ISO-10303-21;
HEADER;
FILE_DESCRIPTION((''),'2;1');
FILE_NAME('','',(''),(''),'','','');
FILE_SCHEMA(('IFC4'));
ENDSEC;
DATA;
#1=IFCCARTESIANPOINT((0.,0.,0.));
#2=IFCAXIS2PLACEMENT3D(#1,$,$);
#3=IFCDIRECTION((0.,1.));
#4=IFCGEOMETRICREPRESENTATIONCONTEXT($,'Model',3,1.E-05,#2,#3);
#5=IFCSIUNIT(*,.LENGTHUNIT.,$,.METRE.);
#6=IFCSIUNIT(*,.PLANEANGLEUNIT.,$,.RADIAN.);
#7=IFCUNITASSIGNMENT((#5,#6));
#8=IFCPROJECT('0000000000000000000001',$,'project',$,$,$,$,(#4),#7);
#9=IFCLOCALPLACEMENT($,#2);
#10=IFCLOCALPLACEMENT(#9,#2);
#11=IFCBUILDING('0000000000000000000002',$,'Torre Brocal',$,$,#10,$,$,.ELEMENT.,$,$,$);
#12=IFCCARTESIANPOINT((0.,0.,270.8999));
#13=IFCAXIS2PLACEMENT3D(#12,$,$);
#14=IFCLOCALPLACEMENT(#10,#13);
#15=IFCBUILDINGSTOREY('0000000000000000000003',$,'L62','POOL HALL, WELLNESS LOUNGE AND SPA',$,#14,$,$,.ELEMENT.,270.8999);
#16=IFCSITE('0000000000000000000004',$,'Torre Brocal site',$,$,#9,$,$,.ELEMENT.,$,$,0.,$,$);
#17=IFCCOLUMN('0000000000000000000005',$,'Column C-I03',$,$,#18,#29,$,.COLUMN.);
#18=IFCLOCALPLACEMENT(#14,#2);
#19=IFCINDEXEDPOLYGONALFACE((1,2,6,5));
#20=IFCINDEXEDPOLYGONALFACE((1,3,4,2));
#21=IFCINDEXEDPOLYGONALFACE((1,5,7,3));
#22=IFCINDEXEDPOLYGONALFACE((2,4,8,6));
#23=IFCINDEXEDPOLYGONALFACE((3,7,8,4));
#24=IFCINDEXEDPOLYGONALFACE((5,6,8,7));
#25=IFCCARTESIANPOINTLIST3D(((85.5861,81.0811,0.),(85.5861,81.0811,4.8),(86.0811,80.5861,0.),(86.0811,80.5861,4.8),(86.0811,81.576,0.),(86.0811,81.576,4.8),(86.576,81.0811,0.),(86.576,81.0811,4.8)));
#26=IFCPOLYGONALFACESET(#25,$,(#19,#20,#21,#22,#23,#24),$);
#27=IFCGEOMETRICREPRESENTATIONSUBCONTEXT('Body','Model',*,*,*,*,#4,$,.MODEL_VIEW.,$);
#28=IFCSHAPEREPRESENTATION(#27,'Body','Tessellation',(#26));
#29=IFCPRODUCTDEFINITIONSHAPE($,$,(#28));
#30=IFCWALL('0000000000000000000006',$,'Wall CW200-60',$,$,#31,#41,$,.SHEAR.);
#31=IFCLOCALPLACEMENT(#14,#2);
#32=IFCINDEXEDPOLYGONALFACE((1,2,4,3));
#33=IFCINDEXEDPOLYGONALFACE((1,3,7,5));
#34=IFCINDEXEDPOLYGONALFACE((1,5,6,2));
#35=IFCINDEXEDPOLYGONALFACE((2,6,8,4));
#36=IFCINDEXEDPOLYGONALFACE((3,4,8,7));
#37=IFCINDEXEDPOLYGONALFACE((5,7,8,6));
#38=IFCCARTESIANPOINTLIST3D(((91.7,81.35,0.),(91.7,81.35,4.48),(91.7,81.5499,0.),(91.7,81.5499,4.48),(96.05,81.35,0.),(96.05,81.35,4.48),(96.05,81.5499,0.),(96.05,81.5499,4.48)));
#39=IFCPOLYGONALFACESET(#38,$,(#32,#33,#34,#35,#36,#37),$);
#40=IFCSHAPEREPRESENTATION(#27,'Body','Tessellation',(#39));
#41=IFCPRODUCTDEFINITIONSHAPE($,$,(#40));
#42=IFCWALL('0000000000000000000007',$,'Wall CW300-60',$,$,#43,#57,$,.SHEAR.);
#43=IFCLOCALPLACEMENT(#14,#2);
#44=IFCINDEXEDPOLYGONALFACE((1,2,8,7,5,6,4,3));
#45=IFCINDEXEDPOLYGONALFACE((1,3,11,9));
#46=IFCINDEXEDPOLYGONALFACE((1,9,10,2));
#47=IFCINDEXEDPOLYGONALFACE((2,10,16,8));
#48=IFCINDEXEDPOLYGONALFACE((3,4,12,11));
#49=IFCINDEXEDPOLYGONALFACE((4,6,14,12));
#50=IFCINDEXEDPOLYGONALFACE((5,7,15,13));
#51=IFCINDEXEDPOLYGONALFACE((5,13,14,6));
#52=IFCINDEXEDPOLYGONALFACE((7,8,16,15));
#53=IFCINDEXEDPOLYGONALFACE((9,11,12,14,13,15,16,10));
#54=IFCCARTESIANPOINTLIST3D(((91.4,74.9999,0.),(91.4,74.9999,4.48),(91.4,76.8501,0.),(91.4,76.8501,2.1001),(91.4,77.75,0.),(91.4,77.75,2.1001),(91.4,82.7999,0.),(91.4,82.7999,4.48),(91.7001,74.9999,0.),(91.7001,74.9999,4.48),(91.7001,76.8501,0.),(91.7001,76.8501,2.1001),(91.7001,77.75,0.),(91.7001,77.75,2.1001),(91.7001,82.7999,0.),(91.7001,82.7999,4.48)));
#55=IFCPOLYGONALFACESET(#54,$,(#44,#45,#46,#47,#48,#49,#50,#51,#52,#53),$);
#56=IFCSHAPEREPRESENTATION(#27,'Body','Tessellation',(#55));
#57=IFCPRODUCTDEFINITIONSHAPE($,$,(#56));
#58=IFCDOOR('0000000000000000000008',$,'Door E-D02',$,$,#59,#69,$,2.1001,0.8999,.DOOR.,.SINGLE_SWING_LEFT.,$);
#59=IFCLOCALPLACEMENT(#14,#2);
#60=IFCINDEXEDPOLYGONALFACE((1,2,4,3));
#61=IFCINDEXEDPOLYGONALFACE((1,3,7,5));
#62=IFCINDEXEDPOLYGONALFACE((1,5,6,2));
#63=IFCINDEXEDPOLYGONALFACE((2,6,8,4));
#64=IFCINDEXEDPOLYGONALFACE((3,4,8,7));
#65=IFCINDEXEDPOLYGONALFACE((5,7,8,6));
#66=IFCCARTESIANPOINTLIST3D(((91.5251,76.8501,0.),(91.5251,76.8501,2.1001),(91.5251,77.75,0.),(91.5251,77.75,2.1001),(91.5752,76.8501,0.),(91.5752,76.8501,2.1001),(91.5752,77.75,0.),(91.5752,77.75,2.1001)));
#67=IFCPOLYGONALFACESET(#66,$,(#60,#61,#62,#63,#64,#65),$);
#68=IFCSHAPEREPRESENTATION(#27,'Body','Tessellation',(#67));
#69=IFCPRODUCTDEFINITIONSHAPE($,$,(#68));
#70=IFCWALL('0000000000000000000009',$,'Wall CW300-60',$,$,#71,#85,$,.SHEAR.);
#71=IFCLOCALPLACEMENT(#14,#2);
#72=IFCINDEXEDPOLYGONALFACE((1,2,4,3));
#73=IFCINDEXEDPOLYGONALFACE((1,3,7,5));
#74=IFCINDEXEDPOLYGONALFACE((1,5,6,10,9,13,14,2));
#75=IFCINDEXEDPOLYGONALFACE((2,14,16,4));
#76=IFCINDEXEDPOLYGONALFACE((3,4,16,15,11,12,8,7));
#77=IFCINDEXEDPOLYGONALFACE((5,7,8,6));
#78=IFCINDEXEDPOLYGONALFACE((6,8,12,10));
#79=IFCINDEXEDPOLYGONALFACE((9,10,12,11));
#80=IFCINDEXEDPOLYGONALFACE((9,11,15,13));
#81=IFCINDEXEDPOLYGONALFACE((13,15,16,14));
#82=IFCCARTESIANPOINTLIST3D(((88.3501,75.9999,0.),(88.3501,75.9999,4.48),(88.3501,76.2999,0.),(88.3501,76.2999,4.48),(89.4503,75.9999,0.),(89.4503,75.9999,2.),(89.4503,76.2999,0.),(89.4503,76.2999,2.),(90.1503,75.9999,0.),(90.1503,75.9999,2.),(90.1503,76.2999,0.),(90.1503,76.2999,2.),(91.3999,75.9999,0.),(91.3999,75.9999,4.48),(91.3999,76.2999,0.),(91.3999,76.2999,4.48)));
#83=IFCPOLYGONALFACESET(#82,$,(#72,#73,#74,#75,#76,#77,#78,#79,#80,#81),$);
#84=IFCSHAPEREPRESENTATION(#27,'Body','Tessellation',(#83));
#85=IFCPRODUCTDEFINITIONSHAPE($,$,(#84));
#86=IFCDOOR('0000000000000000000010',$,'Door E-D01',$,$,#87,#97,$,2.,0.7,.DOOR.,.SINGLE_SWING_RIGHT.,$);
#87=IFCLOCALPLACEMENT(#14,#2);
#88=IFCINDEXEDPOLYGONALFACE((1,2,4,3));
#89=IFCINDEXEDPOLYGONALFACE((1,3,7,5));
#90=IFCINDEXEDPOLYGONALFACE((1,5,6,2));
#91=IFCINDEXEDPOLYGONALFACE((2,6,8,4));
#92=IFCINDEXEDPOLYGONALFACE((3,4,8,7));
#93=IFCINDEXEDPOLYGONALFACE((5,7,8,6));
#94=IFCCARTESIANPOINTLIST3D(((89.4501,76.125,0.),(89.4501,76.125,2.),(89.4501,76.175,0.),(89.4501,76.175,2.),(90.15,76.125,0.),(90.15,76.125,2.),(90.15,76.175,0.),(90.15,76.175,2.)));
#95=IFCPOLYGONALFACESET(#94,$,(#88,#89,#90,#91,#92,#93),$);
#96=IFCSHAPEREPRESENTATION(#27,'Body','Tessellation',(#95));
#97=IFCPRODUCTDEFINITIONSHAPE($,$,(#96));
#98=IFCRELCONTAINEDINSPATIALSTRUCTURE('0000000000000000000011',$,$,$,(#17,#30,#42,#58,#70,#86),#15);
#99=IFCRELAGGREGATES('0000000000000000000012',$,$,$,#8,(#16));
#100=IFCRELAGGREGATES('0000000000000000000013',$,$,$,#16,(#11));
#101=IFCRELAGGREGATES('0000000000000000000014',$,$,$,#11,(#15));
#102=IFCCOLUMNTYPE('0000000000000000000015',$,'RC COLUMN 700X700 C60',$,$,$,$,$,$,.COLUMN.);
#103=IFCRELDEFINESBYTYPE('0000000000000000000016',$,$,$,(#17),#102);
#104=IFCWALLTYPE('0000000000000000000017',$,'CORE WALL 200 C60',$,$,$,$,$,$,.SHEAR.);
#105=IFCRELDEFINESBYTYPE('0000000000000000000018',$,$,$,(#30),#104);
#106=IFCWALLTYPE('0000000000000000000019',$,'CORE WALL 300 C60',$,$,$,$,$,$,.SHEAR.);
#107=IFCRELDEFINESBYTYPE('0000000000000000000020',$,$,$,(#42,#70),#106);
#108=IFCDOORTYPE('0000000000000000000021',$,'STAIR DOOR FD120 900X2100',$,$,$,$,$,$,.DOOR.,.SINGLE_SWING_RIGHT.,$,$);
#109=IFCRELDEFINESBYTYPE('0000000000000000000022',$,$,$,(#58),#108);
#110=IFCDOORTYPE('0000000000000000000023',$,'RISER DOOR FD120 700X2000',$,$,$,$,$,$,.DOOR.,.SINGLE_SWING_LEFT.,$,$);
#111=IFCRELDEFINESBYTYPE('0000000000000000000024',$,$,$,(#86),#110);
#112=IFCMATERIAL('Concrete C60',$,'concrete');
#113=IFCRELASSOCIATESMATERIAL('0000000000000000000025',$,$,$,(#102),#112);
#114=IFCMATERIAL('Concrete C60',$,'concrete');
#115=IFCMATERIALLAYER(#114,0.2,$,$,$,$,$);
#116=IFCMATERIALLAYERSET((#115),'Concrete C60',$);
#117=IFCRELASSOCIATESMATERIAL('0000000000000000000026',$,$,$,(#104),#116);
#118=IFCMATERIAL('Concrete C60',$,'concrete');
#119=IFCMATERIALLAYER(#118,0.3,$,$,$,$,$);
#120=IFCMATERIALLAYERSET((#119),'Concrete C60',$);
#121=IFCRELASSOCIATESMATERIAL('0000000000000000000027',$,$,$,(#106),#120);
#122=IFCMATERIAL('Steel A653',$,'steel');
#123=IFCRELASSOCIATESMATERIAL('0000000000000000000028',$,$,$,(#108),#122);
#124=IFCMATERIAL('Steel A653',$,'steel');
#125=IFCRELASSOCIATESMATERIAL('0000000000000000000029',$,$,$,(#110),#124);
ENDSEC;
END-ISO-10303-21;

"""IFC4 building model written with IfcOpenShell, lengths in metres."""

from ifc_helpers import new_model, si_unit, direction, frame, frame_2d, origin, origin_2d, place, context, subcontext, project, spatial, rectangle, extrude, material, layer, layer_set, material_profile, profile_set, type_object, element, fill, save


model = new_model("IFC4")

# Units and contexts
model_context = context("Model", 3, precision=1e-05, world=origin(), true_north=direction((0.0, 1.0)))
body_context = subcontext(model_context, "Body", "Model", "MODEL_VIEW")
ifc_project = project(units=[si_unit("LENGTHUNIT", "METRE"), si_unit("PLANEANGLEUNIT", "RADIAN")], contexts=[model_context])

# Site, building, storey
site_placement = place(None, origin())
site = spatial("IfcSite", under=ifc_project, at=site_placement, Name="Torre Brocal site", CompositionType="ELEMENT", RefElevation=0.0)
building_placement = place(site_placement, origin())
building = spatial("IfcBuilding", under=site, at=building_placement, Name="Torre Brocal", CompositionType="ELEMENT")
storey_placement = place(building_placement, frame((0.0, 0.0, 270.8999)))
storey = spatial("IfcBuildingStorey", under=building, at=storey_placement, Name="L62", Description="POOL HALL, WELLNESS LOUNGE AND SPA", CompositionType="ELEMENT", Elevation=270.8999)

# Column
ifc_material_1 = material(Name="Concrete C60", Category="concrete")
ifc_material_profile = material_profile(ifc_material_1, rectangle(XDim=0.7, YDim=0.7, at=origin_2d()), Name="RC 700X700")
ifc_profile_set = profile_set([ifc_material_profile], Name="Concrete C60")
column_type = type_object("IfcColumnType", Name="RC COLUMN 700X700 C60", PredefinedType="COLUMN", material=ifc_profile_set)
column_placement = place(storey_placement, frame((86.0811, 81.0811, 0.0), z_axis=(0.0, 0.0, 1.0), x_axis=(0.707107, 0.707107, 0.0)))
element("IfcColumn", 1, at=column_placement, inside=storey, type_object=column_type, Name="Column C-I03", PredefinedType="COLUMN", context=body_context, shape_type="SweptSolid", body=[
    extrude(rectangle(XDim=0.7, YDim=0.7, at=origin_2d()), origin(), (0.0, 0.0, 1.0), 4.8),
])

# Wall
ifc_material_2 = material(Name="Concrete C60", Category="concrete")
ifc_layer_1 = layer(ifc_material_2, 0.2)
ifc_layer_set_1 = layer_set([ifc_layer_1], Name="Concrete C60")
wall_type_1 = type_object("IfcWallType", Name="CORE WALL 200 C60", PredefinedType="SHEAR", material=ifc_layer_set_1)
wall_1_placement = place(storey_placement, frame((91.7, 81.45, 0.0), z_axis=(0.0, 0.0, 1.0), x_axis=(1.0, 0.0, 0.0)))
element("IfcWall", 2, at=wall_1_placement, inside=storey, type_object=wall_type_1, Name="Wall CW200-60", PredefinedType="SHEAR", context=body_context, shape_type="SweptSolid", body=[
    extrude(rectangle(XDim=4.3501, YDim=0.2, at=frame_2d((2.175, 0.0))), origin(), (0.0, 0.0, 1.0), 4.48),
])

# Walls, openings, doors
ifc_material_3 = material(Name="Concrete C60", Category="concrete")
ifc_layer_2 = layer(ifc_material_3, 0.3)
ifc_layer_set_2 = layer_set([ifc_layer_2], Name="Concrete C60")
wall_type_2 = type_object("IfcWallType", Name="CORE WALL 300 C60", PredefinedType="SHEAR", material=ifc_layer_set_2)
wall_2_placement = place(storey_placement, frame((91.55, 75.0, 0.0), z_axis=(0.0, 0.0, 1.0), x_axis=(0.0, 1.0, 0.0)))
wall_2 = element("IfcWall", 3, at=wall_2_placement, inside=storey, type_object=wall_type_2, Name="Wall CW300-60", PredefinedType="SHEAR", context=body_context, shape_type="SweptSolid", body=[
    extrude(rectangle(XDim=7.8, YDim=0.3, at=frame_2d((3.8999, 0.0))), origin(), (0.0, 0.0, 1.0), 4.48),
])
opening_1_placement = place(wall_2_placement, frame((1.8501, 0.0, 0.0)))
opening_1 = element("IfcOpeningElement", 4, at=opening_1_placement, cuts=wall_2, PredefinedType="OPENING", context=body_context, shape_type="SweptSolid", body=[
    extrude(rectangle(XDim=0.8999, YDim=2.1001, at=frame_2d((0.45, 1.05))), frame((0.0, 0.1599, 0.0), z_axis=(0.0, -1.0, 0.0), x_axis=(1.0, 0.0, 0.0)), (0.0, 0.0, 1.0), 0.3201),
])
ifc_material_4 = material(Name="Steel A653", Category="steel")
door_type_1 = type_object("IfcDoorType", Name="STAIR DOOR FD120 900X2100", OperationType="SINGLE_SWING_RIGHT", PredefinedType="DOOR", material=ifc_material_4)
door_1_placement = place(opening_1_placement, origin())
door_1 = element("IfcDoor", 5, at=door_1_placement, inside=storey, type_object=door_type_1, Name="Door E-D02", OperationType="SINGLE_SWING_LEFT", OverallHeight=2.1001, OverallWidth=0.8999, PredefinedType="DOOR", context=body_context, shape_type="SweptSolid", body=[
    extrude(rectangle(XDim=0.8999, YDim=2.1001, at=frame_2d((0.45, 1.05))), frame((0.0, 0.0249, 0.0), z_axis=(0.0, -1.0, 0.0), x_axis=(1.0, 0.0, 0.0)), (0.0, 0.0, 1.0), 0.05),
])
fill(opening_1, door_1)
wall_3_placement = place(storey_placement, frame((88.3501, 76.1499, 0.0), z_axis=(0.0, 0.0, 1.0), x_axis=(1.0, 0.0, 0.0)))
wall_3 = element("IfcWall", 6, at=wall_3_placement, inside=storey, type_object=wall_type_2, Name="Wall CW300-60", PredefinedType="SHEAR", context=body_context, shape_type="SweptSolid", body=[
    extrude(rectangle(XDim=3.0498, YDim=0.3, at=frame_2d((1.5249, 0.0))), origin(), (0.0, 0.0, 1.0), 4.48),
])
opening_2_placement = place(wall_3_placement, frame((1.1001, 0.0, 0.0)))
opening_2 = element("IfcOpeningElement", 7, at=opening_2_placement, cuts=wall_3, PredefinedType="OPENING", context=body_context, shape_type="SweptSolid", body=[
    extrude(rectangle(XDim=0.7, YDim=2.0, at=frame_2d((0.3501, 1.0))), frame((0.0, 0.1599, 0.0), z_axis=(0.0, -1.0, 0.0), x_axis=(1.0, 0.0, 0.0)), (0.0, 0.0, 1.0), 0.3201),
])
ifc_material_5 = material(Name="Steel A653", Category="steel")
door_type_2 = type_object("IfcDoorType", Name="RISER DOOR FD120 700X2000", OperationType="SINGLE_SWING_LEFT", PredefinedType="DOOR", material=ifc_material_5)
door_2_placement = place(opening_2_placement, frame((0.7, 0.0, 0.0), z_axis=(0.0, 0.0, 1.0), x_axis=(-1.0, 0.0, 0.0)))
door_2 = element("IfcDoor", 8, at=door_2_placement, inside=storey, type_object=door_type_2, Name="Door E-D01", OperationType="SINGLE_SWING_RIGHT", OverallHeight=2.0, OverallWidth=0.7, PredefinedType="DOOR", context=body_context, shape_type="SweptSolid", body=[
    extrude(rectangle(XDim=0.7, YDim=2.0, at=frame_2d((0.3501, 1.0))), frame((0.0, 0.0249, 0.0), z_axis=(0.0, -1.0, 0.0), x_axis=(1.0, 0.0, 0.0)), (0.0, 0.0, 1.0), 0.05),
])
fill(opening_2, door_2)

save(model, "model.ifc")
